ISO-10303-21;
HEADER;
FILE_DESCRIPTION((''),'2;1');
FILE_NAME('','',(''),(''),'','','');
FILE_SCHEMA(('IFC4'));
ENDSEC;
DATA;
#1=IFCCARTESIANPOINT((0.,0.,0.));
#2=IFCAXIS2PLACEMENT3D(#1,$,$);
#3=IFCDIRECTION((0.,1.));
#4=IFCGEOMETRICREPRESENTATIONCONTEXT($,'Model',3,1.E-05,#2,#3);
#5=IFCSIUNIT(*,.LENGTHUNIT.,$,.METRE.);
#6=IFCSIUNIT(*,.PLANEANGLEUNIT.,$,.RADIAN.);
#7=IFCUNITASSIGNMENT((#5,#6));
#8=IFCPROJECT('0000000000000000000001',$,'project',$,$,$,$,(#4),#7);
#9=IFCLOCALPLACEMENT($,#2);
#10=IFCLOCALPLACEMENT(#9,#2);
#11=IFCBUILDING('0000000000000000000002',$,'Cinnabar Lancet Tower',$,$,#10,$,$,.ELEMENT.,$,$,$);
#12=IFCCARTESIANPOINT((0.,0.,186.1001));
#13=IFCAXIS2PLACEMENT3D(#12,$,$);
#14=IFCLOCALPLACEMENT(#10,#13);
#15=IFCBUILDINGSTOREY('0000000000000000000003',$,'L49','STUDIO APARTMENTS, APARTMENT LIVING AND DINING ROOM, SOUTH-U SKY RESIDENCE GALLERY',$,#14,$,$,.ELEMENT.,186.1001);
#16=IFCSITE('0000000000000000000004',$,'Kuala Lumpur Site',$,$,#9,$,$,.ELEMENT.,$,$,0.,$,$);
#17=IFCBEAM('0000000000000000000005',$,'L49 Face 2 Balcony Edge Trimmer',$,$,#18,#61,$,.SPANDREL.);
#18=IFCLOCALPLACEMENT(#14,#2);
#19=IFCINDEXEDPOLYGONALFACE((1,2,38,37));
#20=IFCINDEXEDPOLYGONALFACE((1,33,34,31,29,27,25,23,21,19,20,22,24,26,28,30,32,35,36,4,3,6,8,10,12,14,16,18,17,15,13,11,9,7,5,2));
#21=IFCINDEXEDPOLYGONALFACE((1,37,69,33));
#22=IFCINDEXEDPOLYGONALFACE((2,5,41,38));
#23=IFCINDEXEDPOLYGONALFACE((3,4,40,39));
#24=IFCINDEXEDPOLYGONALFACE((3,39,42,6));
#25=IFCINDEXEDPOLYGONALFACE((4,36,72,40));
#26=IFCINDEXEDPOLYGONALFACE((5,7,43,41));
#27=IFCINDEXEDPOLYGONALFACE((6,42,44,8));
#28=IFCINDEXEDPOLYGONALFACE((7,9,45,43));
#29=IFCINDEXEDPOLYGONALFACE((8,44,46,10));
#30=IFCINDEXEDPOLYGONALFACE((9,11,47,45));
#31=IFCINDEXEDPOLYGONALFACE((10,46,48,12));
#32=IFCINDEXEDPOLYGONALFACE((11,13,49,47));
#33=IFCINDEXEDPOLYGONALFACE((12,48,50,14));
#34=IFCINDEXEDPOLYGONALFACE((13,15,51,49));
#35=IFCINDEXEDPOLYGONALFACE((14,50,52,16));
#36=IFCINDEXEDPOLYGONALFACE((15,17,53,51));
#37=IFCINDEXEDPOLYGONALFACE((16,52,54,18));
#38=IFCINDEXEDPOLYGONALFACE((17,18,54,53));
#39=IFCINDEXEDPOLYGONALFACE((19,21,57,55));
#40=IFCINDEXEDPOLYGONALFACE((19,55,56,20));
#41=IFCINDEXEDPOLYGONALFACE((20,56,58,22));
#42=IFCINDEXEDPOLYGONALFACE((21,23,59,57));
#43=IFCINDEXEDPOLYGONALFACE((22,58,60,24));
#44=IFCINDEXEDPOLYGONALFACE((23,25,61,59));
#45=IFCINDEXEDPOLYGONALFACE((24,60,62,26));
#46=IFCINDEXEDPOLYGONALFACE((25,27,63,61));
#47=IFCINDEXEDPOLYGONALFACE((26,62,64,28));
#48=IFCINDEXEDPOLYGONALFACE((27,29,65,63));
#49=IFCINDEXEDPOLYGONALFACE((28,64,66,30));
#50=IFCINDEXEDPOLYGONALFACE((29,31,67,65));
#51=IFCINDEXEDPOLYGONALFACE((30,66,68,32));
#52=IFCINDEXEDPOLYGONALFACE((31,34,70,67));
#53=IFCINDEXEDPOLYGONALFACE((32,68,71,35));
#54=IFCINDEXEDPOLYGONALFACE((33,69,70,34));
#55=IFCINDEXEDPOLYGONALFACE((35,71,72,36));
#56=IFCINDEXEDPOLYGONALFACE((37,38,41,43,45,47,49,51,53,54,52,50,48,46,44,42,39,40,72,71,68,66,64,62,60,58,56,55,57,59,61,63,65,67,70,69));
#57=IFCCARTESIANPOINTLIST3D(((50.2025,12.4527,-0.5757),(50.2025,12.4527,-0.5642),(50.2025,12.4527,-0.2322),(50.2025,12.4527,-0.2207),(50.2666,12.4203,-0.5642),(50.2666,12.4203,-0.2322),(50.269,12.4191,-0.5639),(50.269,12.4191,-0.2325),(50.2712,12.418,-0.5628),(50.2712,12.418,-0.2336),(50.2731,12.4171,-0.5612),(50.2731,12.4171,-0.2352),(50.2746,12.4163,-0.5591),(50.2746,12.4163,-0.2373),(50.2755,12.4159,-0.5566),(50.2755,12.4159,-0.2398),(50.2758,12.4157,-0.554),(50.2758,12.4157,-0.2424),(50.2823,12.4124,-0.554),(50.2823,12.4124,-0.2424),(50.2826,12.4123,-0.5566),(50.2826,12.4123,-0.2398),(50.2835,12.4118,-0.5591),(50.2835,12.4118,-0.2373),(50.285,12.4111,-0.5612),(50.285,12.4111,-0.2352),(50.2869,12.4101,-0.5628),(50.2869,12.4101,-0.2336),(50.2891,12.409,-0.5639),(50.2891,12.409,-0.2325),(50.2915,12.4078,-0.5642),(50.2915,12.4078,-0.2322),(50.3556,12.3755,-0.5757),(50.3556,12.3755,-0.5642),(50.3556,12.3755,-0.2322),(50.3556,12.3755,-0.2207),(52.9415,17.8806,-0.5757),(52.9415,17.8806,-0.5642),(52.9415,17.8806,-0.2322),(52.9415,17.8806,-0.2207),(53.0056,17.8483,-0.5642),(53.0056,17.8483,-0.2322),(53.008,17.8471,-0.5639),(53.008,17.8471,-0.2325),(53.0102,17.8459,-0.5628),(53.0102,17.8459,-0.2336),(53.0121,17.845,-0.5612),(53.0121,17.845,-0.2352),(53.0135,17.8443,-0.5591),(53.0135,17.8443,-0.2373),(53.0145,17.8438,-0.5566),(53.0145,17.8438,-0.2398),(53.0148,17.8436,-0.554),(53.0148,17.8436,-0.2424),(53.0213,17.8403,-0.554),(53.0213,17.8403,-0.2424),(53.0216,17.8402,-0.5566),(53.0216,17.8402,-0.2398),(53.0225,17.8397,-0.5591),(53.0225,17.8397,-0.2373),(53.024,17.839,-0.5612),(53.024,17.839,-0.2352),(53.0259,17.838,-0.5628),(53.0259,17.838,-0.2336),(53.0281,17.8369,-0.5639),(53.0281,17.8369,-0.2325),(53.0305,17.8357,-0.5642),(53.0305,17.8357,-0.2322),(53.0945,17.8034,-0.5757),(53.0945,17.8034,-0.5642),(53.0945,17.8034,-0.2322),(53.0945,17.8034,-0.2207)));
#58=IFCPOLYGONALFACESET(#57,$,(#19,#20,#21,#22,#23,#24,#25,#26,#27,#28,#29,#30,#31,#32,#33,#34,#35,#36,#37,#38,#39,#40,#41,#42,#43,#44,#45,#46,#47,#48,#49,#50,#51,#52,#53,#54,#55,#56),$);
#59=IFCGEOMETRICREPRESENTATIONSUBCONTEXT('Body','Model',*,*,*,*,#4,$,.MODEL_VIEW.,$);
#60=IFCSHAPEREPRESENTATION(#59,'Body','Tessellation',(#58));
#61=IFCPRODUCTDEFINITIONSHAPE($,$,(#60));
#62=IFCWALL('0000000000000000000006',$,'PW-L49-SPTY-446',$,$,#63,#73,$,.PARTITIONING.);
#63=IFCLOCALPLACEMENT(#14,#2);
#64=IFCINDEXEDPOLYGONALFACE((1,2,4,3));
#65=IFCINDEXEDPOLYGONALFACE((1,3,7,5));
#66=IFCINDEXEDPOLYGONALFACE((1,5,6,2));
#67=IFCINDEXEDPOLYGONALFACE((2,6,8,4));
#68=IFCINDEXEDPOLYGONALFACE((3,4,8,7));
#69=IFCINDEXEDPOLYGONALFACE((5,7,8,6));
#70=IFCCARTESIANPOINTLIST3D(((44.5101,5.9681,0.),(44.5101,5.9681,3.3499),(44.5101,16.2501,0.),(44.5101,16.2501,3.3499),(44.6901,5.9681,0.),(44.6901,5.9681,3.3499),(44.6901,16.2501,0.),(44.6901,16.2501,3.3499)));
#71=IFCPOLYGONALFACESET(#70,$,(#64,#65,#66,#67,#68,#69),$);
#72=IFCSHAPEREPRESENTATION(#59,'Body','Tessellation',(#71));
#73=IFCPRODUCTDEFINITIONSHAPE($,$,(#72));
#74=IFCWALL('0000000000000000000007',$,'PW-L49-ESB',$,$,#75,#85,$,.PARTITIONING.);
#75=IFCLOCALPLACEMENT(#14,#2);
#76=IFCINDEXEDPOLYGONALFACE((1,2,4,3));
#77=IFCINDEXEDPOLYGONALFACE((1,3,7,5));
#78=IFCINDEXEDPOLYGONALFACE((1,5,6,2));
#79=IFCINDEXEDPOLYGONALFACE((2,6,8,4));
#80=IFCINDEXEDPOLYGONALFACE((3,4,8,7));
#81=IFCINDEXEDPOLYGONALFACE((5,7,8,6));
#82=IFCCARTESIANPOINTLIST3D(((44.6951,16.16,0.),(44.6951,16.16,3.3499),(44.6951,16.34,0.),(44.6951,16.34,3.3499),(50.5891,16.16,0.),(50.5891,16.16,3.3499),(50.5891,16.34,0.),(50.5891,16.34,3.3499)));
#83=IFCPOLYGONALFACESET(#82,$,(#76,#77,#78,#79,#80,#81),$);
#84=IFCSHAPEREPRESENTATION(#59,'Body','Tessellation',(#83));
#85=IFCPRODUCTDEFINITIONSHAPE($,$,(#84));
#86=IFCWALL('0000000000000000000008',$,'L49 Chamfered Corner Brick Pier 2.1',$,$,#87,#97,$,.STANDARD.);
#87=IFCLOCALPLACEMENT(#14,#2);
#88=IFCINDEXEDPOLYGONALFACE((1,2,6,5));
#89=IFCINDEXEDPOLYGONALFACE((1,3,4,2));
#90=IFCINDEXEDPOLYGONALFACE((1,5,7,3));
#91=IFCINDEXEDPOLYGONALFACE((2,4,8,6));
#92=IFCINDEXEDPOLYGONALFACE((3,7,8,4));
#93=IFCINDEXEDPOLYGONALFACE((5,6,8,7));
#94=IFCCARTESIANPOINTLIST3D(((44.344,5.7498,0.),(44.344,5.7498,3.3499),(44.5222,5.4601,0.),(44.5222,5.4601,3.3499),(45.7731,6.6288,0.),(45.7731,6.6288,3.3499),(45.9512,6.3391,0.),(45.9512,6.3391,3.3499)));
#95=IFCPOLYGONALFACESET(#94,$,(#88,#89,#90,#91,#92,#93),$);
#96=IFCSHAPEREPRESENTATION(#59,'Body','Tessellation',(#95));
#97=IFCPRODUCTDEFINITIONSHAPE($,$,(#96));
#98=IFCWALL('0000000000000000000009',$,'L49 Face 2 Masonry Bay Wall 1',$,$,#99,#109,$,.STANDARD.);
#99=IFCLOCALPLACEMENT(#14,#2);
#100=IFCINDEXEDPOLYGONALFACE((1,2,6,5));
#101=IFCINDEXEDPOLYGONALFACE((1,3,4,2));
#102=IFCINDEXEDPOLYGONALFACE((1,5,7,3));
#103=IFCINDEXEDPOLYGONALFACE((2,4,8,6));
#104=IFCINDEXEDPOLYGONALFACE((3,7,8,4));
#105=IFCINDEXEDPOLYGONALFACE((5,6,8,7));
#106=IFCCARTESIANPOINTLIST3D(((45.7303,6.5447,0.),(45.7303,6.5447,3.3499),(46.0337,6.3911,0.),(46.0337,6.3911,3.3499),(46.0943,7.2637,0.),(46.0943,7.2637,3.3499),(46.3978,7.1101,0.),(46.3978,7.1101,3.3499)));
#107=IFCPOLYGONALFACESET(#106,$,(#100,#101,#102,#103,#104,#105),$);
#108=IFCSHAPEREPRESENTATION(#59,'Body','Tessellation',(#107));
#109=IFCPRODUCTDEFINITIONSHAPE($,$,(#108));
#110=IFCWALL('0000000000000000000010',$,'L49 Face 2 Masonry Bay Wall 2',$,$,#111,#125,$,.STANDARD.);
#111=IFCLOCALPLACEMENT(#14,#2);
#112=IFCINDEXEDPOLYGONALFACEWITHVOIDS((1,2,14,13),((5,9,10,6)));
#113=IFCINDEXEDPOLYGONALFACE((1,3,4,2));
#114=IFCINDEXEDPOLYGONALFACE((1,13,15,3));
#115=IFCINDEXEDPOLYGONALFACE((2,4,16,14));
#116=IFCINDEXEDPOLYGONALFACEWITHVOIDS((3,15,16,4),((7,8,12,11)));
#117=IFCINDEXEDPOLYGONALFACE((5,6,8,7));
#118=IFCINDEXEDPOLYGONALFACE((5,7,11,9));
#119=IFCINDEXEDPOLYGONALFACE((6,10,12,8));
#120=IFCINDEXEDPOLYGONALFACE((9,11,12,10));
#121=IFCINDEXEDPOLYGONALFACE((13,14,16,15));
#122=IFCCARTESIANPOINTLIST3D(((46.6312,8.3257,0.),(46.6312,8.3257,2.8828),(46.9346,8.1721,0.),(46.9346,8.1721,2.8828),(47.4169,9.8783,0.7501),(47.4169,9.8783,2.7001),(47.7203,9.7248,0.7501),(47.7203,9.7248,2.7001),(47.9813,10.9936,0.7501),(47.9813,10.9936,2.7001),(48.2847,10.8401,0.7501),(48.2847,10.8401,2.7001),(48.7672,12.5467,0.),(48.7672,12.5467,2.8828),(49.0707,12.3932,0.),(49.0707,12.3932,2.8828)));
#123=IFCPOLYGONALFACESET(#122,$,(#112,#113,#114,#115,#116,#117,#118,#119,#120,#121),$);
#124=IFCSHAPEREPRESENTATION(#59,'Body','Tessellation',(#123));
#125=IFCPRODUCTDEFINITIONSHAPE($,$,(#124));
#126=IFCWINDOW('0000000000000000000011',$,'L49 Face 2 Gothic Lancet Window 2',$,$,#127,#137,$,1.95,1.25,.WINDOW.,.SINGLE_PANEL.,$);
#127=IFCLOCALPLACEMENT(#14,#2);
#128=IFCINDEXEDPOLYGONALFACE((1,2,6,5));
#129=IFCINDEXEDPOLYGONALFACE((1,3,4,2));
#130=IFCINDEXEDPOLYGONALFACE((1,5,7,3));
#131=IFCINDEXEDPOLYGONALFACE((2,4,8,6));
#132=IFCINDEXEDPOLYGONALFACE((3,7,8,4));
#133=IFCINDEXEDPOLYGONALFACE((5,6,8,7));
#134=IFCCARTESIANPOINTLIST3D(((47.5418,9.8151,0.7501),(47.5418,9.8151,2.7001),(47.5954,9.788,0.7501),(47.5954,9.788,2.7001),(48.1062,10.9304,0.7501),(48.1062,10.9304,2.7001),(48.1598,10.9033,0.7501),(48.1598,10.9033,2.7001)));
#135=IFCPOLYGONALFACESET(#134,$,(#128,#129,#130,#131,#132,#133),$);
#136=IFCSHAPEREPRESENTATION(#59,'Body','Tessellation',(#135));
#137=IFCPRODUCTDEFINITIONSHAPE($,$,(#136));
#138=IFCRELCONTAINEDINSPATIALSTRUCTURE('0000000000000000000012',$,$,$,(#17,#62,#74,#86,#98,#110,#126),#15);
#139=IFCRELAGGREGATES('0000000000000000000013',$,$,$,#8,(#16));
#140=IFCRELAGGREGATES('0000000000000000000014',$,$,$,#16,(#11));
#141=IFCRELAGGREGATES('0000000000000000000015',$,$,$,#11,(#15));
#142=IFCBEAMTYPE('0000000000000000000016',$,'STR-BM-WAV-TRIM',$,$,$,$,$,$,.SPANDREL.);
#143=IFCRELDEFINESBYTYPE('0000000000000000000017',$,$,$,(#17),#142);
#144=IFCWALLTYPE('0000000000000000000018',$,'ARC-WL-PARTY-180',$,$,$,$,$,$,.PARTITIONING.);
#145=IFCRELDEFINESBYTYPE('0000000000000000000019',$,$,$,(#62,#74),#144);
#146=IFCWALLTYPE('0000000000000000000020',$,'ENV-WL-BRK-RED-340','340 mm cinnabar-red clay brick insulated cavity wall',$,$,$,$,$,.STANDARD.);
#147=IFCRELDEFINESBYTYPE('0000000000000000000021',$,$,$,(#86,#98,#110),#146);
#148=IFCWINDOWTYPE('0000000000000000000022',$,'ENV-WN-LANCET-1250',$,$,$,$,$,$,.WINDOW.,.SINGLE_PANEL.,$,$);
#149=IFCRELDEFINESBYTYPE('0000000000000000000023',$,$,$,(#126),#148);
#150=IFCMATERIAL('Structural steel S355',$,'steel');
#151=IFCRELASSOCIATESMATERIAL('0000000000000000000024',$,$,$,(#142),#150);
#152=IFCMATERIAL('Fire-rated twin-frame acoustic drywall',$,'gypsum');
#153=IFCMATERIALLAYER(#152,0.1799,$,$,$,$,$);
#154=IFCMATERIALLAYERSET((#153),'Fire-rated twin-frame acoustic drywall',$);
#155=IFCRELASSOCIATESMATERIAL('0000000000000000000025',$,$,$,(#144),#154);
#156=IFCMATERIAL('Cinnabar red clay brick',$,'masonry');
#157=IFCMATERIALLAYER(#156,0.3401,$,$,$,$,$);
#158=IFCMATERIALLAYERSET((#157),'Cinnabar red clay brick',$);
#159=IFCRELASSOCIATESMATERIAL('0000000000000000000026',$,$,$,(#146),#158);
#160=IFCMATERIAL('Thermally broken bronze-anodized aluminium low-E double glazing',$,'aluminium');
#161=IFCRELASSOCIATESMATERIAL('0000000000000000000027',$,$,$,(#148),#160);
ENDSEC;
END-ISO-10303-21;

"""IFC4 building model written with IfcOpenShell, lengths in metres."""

from ifc_helpers import new_model, si_unit, direction, frame, frame_2d, origin, origin_2d, place, context, subcontext, project, spatial, rectangle, i_section, extrude, material, layer, layer_set, material_profile, profile_set, type_object, element, fill, save


model = new_model("IFC4")

# Units and contexts
model_context = context("Model", 3, precision=1e-05, world=origin(), true_north=direction((0.0, 1.0)))
body_context = subcontext(model_context, "Body", "Model", "MODEL_VIEW")
ifc_project = project(units=[si_unit("LENGTHUNIT", "METRE"), si_unit("PLANEANGLEUNIT", "RADIAN")], contexts=[model_context])

# Site, building, storey
site_placement = place(None, origin())
site = spatial("IfcSite", under=ifc_project, at=site_placement, Name="Kuala Lumpur Site", CompositionType="ELEMENT", RefElevation=0.0)
building_placement = place(site_placement, origin())
building = spatial("IfcBuilding", under=site, at=building_placement, Name="Cinnabar Lancet Tower", CompositionType="ELEMENT")
storey_placement = place(building_placement, frame((0.0, 0.0, 186.1001)))
storey = spatial("IfcBuildingStorey", under=building, at=storey_placement, Name="L49", Description="STUDIO APARTMENTS, APARTMENT LIVING AND DINING ROOM, SOUTH-U SKY RESIDENCE GALLERY", CompositionType="ELEMENT", Elevation=186.1001)

# Beam
ifc_material_1 = material(Name="Structural steel S355", Category="steel")
ifc_material_profile_1 = material_profile(ifc_material_1, i_section(OverallWidth=0.1714, OverallDepth=0.355, WebThickness=0.0073, FlangeThickness=0.0115, FilletRadius=0.0103, at=origin_2d()), Name="UKB 356x171x51")
ifc_profile_set_1 = profile_set([ifc_material_profile_1], Name="Structural steel S355")
beam_type_1 = type_object("IfcBeamType", Name="STR-BM-WAV-TRIM", PredefinedType="SPANDREL", material=ifc_profile_set_1)
beam_1_placement = place(storey_placement, frame((50.2791, 12.4141, -0.3982), z_axis=(0.450503, 0.892775, 0.0), x_axis=(-0.892775, 0.450503, 0.0)))
element("IfcBeam", 1, at=beam_1_placement, inside=storey, type_object=beam_type_1, Name="L49 Face 2 Balcony Edge Trimmer", PredefinedType="SPANDREL", context=body_context, shape_type="SweptSolid", body=[
    extrude(i_section(OverallWidth=0.1714, OverallDepth=0.355, WebThickness=0.0073, FlangeThickness=0.0115, FilletRadius=0.0103, at=origin_2d()), origin(), (0.0, 0.0, 1.0), 6.0798),
])

# Walls
ifc_material_2 = material(Name="Fire-rated twin-frame acoustic drywall", Category="gypsum")
ifc_layer_1 = layer(ifc_material_2, 0.1799)
ifc_layer_set_1 = layer_set([ifc_layer_1], Name="Fire-rated twin-frame acoustic drywall")
wall_type_1 = type_object("IfcWallType", Name="ARC-WL-PARTY-180", PredefinedType="PARTITIONING", material=ifc_layer_set_1)
wall_1_placement = place(storey_placement, frame((44.6001, 5.968, 0.0), z_axis=(0.0, 0.0, 1.0), x_axis=(0.0, 1.0, 0.0)))
element("IfcWall", 2, at=wall_1_placement, inside=storey, type_object=wall_type_1, Name="PW-L49-SPTY-446", PredefinedType="PARTITIONING", context=body_context, shape_type="SweptSolid", body=[
    extrude(rectangle(XDim=10.282, YDim=0.1799, at=frame_2d((5.1411, 0.0))), origin(), (0.0, 0.0, 1.0), 3.3499),
])
wall_2_placement = place(storey_placement, frame((44.6951, 16.25, 0.0), z_axis=(0.0, 0.0, 1.0), x_axis=(1.0, 0.0, 0.0)))
element("IfcWall", 3, at=wall_2_placement, inside=storey, type_object=wall_type_1, Name="PW-L49-ESB", PredefinedType="PARTITIONING", context=body_context, shape_type="SweptSolid", body=[
    extrude(rectangle(XDim=5.894, YDim=0.1799, at=frame_2d((2.947, 0.0))), origin(), (0.0, 0.0, 1.0), 3.3499),
])
ifc_material_3 = material(Name="Cinnabar red clay brick", Category="masonry")
ifc_layer_2 = layer(ifc_material_3, 0.3401)
ifc_layer_set_2 = layer_set([ifc_layer_2], Name="Cinnabar red clay brick")
wall_type_2 = type_object("IfcWallType", Name="ENV-WL-BRK-RED-340", Description="340 mm cinnabar-red clay brick insulated cavity wall", PredefinedType="STANDARD", material=ifc_layer_set_2)
wall_3_placement = place(storey_placement, frame((44.4331, 5.605, 0.0), z_axis=(0.0, 0.0, 1.0), x_axis=(0.851778, 0.523903, 0.0)))
element("IfcWall", 4, at=wall_3_placement, inside=storey, type_object=wall_type_2, Name="L49 Chamfered Corner Brick Pier 2.1", PredefinedType="STANDARD", context=body_context, shape_type="SweptSolid", body=[
    extrude(rectangle(XDim=1.6777, YDim=0.3401, at=frame_2d((0.8389, 0.0))), origin(), (0.0, 0.0, 1.0), 3.3499),
])
wall_4_placement = place(storey_placement, frame((45.8821, 6.468, 0.0), z_axis=(0.0, 0.0, 1.0), x_axis=(0.451692, 0.892174, 0.0)))
element("IfcWall", 5, at=wall_4_placement, inside=storey, type_object=wall_type_2, Name="L49 Face 2 Masonry Bay Wall 1", PredefinedType="STANDARD", context=body_context, shape_type="SweptSolid", body=[
    extrude(rectangle(XDim=0.8059, YDim=0.3401, at=frame_2d((0.4028, 0.0))), origin(), (0.0, 0.0, 1.0), 3.3499),
])

# Wall, opening, window
wall_5_placement = place(storey_placement, frame((46.783, 8.249, 0.0), z_axis=(0.0, 0.0, 1.0), x_axis=(0.451523, 0.89226, 0.0)))
wall_5 = element("IfcWall", 6, at=wall_5_placement, inside=storey, type_object=wall_type_2, Name="L49 Face 2 Masonry Bay Wall 2", PredefinedType="STANDARD", context=body_context, shape_type="SweptSolid", body=[
    extrude(rectangle(XDim=4.7307, YDim=0.3401, at=frame_2d((2.3652, 0.0))), origin(), (0.0, 0.0, 1.0), 2.8828),
])
opening_1_placement = place(wall_5_placement, frame((1.74, 0.0, 0.75)))
opening_1 = element("IfcOpeningElement", 7, at=opening_1_placement, cuts=wall_5, PredefinedType="OPENING", context=body_context, shape_type="SweptSolid", body=[
    extrude(rectangle(XDim=1.25, YDim=1.95, at=frame_2d((0.625, 0.9751))), frame((0.0, 0.1799, 0.0), z_axis=(0.0, -1.0, 0.0), x_axis=(1.0, 0.0, 0.0)), (0.0, 0.0, 1.0), 0.3601),
])
ifc_material_4 = material(Name="Thermally broken bronze-anodized aluminium low-E double glazing", Category="aluminium")
window_type_1 = type_object("IfcWindowType", Name="ENV-WN-LANCET-1250", PartitioningType="SINGLE_PANEL", PredefinedType="WINDOW", material=ifc_material_4)
window_1_placement = place(opening_1_placement, origin())
window_1 = element("IfcWindow", 8, at=window_1_placement, inside=storey, type_object=window_type_1, Name="L49 Face 2 Gothic Lancet Window 2", OverallHeight=1.95, OverallWidth=1.25, PartitioningType="SINGLE_PANEL", PredefinedType="WINDOW", context=body_context, shape_type="SweptSolid", body=[
    extrude(rectangle(XDim=1.25, YDim=1.95, at=frame_2d((0.625, 0.9751))), frame((0.0, 0.03, 0.0), z_axis=(0.0, -1.0, 0.0), x_axis=(1.0, 0.0, 0.0)), (0.0, 0.0, 1.0), 0.0601),
])
fill(opening_1, window_1)

save(model, "model.ifc")
